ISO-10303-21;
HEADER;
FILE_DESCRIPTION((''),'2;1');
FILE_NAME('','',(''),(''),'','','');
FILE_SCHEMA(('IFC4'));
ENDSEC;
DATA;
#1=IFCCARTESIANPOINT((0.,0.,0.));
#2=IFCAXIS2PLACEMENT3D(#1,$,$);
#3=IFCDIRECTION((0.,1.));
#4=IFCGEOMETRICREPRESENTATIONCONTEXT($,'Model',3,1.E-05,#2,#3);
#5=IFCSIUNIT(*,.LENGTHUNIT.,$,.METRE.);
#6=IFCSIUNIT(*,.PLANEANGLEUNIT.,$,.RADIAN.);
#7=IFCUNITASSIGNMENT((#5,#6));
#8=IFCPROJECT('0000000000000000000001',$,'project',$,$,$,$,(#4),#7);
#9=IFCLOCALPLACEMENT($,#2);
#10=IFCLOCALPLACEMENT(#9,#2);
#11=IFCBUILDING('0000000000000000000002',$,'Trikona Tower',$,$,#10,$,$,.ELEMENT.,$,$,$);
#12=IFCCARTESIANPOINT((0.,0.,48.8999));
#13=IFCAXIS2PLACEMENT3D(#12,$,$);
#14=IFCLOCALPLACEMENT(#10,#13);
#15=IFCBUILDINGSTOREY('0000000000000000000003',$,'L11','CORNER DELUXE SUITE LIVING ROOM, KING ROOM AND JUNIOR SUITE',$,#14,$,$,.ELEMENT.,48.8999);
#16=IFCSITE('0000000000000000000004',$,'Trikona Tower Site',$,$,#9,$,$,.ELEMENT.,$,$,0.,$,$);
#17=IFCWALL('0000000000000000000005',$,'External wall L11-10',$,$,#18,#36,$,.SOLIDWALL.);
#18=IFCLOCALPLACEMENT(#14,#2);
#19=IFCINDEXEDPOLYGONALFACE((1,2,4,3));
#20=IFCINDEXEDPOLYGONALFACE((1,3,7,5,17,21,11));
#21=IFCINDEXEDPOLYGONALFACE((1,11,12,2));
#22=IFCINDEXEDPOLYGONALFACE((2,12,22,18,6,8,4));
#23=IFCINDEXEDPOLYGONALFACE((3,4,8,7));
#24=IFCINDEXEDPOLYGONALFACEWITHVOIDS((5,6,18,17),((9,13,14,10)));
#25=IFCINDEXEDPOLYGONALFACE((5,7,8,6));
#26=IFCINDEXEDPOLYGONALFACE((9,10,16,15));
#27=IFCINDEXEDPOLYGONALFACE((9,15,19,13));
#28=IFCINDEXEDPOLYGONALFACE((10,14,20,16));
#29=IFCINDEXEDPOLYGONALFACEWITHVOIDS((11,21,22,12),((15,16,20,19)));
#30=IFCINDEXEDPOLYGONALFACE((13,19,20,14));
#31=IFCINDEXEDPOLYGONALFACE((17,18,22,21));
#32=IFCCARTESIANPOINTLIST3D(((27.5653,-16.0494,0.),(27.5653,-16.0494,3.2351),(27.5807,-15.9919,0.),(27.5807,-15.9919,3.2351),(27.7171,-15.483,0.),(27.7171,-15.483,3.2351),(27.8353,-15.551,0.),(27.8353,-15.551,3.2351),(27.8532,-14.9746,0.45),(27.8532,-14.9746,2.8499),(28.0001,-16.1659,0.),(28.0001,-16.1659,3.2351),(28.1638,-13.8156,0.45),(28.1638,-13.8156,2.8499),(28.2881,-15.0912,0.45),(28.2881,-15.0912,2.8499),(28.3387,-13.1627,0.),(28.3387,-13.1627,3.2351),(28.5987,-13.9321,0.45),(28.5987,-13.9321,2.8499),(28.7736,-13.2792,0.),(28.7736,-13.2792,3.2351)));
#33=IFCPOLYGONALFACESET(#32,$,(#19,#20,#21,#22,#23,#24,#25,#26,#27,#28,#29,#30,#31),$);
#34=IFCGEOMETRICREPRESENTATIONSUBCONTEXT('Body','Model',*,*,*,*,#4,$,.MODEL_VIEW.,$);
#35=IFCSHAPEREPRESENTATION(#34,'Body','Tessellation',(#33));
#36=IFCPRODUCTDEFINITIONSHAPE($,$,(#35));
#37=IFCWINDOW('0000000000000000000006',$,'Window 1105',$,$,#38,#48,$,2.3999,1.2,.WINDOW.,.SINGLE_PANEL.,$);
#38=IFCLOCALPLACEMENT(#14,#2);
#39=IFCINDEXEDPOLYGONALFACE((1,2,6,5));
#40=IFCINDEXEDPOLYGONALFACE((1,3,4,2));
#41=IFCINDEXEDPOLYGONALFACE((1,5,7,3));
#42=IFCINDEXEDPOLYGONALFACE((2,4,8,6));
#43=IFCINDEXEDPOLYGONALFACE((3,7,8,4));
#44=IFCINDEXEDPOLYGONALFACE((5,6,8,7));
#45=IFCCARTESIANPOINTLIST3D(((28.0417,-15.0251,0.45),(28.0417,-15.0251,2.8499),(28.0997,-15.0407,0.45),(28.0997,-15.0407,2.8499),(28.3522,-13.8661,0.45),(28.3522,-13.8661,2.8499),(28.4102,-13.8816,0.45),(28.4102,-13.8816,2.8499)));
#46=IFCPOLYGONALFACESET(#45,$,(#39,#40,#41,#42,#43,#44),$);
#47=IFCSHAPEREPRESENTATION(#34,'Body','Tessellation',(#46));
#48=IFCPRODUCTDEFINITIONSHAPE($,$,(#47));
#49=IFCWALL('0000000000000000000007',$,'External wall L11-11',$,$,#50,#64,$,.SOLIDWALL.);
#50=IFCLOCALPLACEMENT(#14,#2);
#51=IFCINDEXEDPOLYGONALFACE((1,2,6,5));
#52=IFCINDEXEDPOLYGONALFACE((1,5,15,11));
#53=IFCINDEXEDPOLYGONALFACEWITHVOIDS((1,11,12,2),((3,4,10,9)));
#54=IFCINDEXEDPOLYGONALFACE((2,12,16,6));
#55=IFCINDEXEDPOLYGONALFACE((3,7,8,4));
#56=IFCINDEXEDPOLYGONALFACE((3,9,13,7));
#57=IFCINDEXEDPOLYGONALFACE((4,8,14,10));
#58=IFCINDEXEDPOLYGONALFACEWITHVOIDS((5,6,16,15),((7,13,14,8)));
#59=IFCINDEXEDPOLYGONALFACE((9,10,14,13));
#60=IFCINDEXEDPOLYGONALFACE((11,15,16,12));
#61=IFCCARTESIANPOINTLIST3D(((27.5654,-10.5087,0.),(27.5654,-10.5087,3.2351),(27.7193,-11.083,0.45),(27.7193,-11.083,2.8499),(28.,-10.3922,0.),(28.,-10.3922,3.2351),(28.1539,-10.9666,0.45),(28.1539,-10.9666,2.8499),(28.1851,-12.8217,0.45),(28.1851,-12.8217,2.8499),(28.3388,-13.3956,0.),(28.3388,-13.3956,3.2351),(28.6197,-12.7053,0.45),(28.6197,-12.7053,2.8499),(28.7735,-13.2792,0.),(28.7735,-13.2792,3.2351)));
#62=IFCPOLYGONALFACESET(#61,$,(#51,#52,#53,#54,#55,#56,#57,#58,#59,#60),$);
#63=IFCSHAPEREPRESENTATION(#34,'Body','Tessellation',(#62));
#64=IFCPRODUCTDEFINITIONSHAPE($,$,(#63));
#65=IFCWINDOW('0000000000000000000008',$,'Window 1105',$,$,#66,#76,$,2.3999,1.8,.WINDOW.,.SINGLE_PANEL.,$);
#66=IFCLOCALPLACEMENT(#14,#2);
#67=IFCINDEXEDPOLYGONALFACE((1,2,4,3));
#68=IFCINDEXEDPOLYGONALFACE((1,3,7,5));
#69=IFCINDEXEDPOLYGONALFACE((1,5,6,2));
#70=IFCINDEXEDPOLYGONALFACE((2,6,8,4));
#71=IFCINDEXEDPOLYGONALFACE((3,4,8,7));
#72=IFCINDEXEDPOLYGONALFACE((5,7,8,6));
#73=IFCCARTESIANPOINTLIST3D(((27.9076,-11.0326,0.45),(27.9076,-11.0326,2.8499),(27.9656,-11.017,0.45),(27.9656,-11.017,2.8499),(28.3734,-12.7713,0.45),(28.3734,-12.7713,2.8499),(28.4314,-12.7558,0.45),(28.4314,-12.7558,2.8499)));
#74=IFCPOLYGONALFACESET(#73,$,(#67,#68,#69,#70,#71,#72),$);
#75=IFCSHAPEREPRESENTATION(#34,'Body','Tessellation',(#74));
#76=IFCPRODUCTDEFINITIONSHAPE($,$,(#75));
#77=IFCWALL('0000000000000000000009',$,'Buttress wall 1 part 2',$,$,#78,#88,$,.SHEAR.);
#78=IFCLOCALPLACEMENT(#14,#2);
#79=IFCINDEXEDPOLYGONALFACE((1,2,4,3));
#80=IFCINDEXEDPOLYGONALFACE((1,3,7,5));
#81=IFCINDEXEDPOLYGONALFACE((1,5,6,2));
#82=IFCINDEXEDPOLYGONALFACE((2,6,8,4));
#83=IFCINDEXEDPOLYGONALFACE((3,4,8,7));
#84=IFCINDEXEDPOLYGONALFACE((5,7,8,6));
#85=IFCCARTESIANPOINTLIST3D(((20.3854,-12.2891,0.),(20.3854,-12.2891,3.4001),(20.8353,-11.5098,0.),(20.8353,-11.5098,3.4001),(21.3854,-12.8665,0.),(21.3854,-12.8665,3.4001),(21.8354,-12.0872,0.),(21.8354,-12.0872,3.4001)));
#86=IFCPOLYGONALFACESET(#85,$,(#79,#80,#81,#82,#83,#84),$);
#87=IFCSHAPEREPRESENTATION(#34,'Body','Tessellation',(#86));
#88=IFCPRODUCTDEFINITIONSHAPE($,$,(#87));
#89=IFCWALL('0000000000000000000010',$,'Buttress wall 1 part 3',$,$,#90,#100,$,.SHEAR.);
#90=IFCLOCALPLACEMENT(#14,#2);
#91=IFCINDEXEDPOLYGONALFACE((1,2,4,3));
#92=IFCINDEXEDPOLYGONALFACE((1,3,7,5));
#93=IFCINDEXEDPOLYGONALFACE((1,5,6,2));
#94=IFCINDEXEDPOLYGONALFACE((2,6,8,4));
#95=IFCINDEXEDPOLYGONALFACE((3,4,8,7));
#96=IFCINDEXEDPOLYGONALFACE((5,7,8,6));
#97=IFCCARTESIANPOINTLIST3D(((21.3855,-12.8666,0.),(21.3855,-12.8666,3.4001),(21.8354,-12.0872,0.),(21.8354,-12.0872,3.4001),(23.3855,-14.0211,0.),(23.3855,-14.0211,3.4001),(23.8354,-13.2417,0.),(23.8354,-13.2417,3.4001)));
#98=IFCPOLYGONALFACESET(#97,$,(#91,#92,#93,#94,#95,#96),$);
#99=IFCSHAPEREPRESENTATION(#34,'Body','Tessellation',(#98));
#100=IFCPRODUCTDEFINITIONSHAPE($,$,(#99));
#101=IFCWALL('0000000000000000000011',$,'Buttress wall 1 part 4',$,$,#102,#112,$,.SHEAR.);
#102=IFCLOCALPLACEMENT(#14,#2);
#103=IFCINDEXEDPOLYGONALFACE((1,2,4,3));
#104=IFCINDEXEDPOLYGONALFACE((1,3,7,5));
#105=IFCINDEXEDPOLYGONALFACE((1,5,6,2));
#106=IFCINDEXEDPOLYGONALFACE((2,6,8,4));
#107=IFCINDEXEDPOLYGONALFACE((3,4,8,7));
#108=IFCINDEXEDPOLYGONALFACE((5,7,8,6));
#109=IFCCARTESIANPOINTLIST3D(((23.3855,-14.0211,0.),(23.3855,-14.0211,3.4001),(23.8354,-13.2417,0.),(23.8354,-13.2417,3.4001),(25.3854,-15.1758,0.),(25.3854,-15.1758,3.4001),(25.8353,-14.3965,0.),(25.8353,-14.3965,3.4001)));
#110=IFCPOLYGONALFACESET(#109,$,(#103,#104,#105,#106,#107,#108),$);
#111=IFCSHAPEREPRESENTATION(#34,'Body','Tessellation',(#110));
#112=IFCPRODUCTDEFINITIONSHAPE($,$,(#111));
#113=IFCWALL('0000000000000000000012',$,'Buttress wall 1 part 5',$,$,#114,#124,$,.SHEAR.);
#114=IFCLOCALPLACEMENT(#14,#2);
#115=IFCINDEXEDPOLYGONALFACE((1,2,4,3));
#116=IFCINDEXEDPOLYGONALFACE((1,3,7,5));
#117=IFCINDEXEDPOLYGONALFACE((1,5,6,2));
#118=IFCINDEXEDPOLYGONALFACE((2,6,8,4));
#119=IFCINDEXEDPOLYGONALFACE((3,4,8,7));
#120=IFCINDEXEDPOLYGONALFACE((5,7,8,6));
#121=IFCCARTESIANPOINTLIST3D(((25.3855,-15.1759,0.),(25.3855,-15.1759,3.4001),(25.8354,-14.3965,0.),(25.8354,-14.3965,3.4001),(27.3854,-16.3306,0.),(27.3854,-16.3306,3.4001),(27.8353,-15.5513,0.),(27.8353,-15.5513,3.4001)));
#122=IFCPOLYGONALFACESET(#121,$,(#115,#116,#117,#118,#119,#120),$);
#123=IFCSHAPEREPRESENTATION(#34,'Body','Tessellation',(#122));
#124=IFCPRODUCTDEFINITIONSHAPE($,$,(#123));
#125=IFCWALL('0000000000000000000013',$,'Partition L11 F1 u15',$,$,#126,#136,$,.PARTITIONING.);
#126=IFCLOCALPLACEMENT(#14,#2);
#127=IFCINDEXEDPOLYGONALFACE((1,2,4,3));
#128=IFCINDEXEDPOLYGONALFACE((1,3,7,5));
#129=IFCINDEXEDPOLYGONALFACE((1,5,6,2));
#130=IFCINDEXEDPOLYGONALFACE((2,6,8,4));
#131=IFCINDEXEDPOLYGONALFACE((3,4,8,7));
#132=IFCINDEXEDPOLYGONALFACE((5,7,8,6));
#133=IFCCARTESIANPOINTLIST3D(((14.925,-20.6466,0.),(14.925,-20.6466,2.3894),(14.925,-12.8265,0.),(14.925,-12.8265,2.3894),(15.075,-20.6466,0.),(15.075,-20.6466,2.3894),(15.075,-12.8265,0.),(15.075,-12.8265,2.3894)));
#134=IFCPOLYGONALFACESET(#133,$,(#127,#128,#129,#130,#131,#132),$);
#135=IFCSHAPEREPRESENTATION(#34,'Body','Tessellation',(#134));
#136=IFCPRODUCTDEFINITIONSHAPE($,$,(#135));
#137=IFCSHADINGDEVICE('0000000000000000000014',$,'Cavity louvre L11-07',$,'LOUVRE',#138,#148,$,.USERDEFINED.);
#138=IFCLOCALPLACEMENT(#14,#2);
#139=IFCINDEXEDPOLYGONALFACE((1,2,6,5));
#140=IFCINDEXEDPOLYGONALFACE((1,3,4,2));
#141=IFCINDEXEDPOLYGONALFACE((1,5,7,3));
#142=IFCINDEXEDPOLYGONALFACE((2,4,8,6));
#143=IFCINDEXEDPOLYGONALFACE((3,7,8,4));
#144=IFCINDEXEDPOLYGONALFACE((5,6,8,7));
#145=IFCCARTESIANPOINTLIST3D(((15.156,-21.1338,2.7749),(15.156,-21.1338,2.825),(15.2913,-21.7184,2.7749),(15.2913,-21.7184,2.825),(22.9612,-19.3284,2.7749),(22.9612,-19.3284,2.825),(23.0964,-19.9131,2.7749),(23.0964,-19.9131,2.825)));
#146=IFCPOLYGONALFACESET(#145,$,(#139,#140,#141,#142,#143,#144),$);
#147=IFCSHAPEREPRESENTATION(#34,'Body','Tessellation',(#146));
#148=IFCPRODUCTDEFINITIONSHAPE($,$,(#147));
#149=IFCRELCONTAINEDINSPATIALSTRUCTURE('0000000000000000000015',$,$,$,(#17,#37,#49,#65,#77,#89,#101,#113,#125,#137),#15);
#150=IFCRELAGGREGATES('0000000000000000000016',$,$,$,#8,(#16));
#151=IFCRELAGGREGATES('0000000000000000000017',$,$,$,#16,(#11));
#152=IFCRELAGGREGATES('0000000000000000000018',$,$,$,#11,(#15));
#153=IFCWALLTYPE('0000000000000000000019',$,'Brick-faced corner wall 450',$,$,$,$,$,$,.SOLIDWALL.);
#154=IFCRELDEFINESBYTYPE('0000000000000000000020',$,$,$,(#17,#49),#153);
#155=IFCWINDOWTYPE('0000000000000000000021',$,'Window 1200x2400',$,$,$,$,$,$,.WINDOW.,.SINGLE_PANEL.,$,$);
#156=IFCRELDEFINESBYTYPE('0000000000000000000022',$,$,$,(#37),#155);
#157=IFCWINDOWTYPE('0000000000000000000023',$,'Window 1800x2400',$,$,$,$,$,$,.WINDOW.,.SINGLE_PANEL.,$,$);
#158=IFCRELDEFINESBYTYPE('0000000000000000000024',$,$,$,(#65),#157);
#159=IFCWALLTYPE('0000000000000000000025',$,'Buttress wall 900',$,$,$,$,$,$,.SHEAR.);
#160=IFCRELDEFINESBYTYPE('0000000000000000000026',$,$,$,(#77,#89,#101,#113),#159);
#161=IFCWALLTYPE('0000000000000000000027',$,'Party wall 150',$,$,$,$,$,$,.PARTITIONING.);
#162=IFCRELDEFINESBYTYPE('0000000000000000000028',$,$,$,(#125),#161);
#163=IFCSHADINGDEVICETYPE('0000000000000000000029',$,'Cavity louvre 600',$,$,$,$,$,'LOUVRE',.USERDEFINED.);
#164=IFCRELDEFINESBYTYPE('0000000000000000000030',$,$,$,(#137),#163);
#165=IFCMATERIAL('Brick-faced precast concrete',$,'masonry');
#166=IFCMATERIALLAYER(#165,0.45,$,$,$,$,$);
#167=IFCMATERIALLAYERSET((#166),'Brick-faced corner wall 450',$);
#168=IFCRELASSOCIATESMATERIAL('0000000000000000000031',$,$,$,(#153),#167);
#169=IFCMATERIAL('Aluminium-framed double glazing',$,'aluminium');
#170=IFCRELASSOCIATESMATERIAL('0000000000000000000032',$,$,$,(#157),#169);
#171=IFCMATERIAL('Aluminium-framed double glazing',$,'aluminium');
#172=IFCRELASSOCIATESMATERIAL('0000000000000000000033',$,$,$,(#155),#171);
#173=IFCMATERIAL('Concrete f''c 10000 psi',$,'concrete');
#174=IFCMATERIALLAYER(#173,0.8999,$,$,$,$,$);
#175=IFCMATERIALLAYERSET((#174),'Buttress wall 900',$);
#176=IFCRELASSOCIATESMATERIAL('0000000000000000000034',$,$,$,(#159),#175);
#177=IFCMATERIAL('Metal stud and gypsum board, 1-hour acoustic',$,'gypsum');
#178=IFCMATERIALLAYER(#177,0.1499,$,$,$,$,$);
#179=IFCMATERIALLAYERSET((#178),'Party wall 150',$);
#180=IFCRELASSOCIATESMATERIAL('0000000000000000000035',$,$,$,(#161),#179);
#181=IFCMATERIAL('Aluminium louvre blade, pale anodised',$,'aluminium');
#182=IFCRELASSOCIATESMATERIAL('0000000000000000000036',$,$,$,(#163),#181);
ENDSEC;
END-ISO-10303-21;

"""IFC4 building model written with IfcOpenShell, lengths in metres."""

from ifc_helpers import new_model, si_unit, direction, frame, frame_2d, origin, origin_2d, place, context, subcontext, project, spatial, polyline, rectangle, outline, extrude, material, layer, layer_set, type_object, element, fill, save


model = new_model("IFC4")

# Units and contexts
model_context = context("Model", 3, precision=1e-05, world=origin(), true_north=direction((0.0, 1.0)))
body_context = subcontext(model_context, "Body", "Model", "MODEL_VIEW")
ifc_project = project(units=[si_unit("LENGTHUNIT", "METRE"), si_unit("PLANEANGLEUNIT", "RADIAN")], contexts=[model_context])

# Site, building, storey
site_placement = place(None, origin())
site = spatial("IfcSite", under=ifc_project, at=site_placement, Name="Trikona Tower Site", CompositionType="ELEMENT", RefElevation=0.0)
building_placement = place(site_placement, origin())
building = spatial("IfcBuilding", under=site, at=building_placement, Name="Trikona Tower", CompositionType="ELEMENT")
storey_placement = place(building_placement, frame((0.0, 0.0, 48.8999)))
storey = spatial("IfcBuildingStorey", under=building, at=storey_placement, Name="L11", Description="CORNER DELUXE SUITE LIVING ROOM, KING ROOM AND JUNIOR SUITE", CompositionType="ELEMENT", Elevation=48.8999)

# Walls, openings, windows
ifc_material_1 = material(Name="Brick-faced precast concrete", Category="masonry")
ifc_layer_1 = layer(ifc_material_1, 0.45)
ifc_layer_set_1 = layer_set([ifc_layer_1], Name="Brick-faced corner wall 450")
wall_type_1 = type_object("IfcWallType", Name="Brick-faced corner wall 450", PredefinedType="SOLIDWALL", material=ifc_layer_set_1)
ifc_material_2 = material(Name="Aluminium-framed double glazing", Category="aluminium")
window_type_1 = type_object("IfcWindowType", Name="Window 1800x2400", PartitioningType="SINGLE_PANEL", PredefinedType="WINDOW", material=ifc_material_2)
ifc_material_3 = material(Name="Aluminium-framed double glazing", Category="aluminium")
window_type_2 = type_object("IfcWindowType", Name="Window 1200x2400", PartitioningType="SINGLE_PANEL", PredefinedType="WINDOW", material=ifc_material_3)
wall_1_placement = place(storey_placement, frame((27.7827, -16.1077, 0.0), z_axis=(0.0, 0.0, 1.0), x_axis=(0.258801, 0.965931, 0.0)))
wall_1 = element("IfcWall", 1, at=wall_1_placement, inside=storey, type_object=wall_type_1, Name="External wall L11-10", PredefinedType="SOLIDWALL", context=body_context, shape_type="SweptSolid", body=[
    extrude(outline(polyline([(2.9885, 0.2251), (0.5864, 0.2251), (0.5513, 0.0933), (0.0596, 0.2251), (0.0, 0.2251), (0.0, -0.2251), (2.9885, -0.2251), (2.9885, 0.2251)])), origin(), (0.0, 0.0, 1.0), 3.2351),
])
opening_1_placement = place(wall_1_placement, frame((1.1125, 0.0, 0.45)))
opening_1 = element("IfcOpeningElement", 2, at=opening_1_placement, cuts=wall_1, PredefinedType="OPENING", context=body_context, shape_type="SweptSolid", body=[
    extrude(rectangle(XDim=1.2, YDim=2.3999, at=frame_2d((0.6001, 1.2))), frame((0.0, 0.2349, 0.0), z_axis=(0.0, -1.0, 0.0), x_axis=(1.0, 0.0, 0.0)), (0.0, 0.0, 1.0), 0.47),
])
window_1_placement = place(opening_1_placement, origin())
window_1 = element("IfcWindow", 3, at=window_1_placement, inside=storey, type_object=window_type_2, Name="Window 1105", OverallHeight=2.3999, OverallWidth=1.2, PartitioningType="SINGLE_PANEL", PredefinedType="WINDOW", context=body_context, shape_type="SweptSolid", body=[
    extrude(rectangle(XDim=1.2, YDim=2.3999, at=frame_2d((0.6001, 1.2))), frame((0.0, 0.03, 0.0), z_axis=(0.0, -1.0, 0.0), x_axis=(1.0, 0.0, 0.0)), (0.0, 0.0, 1.0), 0.0601),
])
fill(opening_1, window_1)
wall_2_placement = place(storey_placement, frame((28.5562, -13.3374, 0.0), z_axis=(0.0, 0.0, 1.0), x_axis=(-0.258781, 0.965936, 0.0)))
wall_2 = element("IfcWall", 4, at=wall_2_placement, inside=storey, type_object=wall_type_1, Name="External wall L11-11", PredefinedType="SOLIDWALL", context=body_context, shape_type="SweptSolid", body=[
    extrude(rectangle(XDim=2.9888, YDim=0.45, at=frame_2d((1.4944, 0.0))), origin(), (0.0, 0.0, 1.0), 3.2351),
])
opening_2_placement = place(wall_2_placement, frame((0.5942, 0.0, 0.45)))
opening_2 = element("IfcOpeningElement", 5, at=opening_2_placement, cuts=wall_2, PredefinedType="OPENING", context=body_context, shape_type="SweptSolid", body=[
    extrude(rectangle(XDim=1.8, YDim=2.3999, at=frame_2d((0.8999, 1.2))), frame((0.0, 0.2349, 0.0), z_axis=(0.0, -1.0, 0.0), x_axis=(1.0, 0.0, 0.0)), (0.0, 0.0, 1.0), 0.47),
])
window_2_placement = place(opening_2_placement, origin())
window_2 = element("IfcWindow", 6, at=window_2_placement, inside=storey, type_object=window_type_1, Name="Window 1105", OverallHeight=2.3999, OverallWidth=1.8, PartitioningType="SINGLE_PANEL", PredefinedType="WINDOW", context=body_context, shape_type="SweptSolid", body=[
    extrude(rectangle(XDim=1.8, YDim=2.3999, at=frame_2d((0.8999, 1.2))), frame((0.0, 0.03, 0.0), z_axis=(0.0, -1.0, 0.0), x_axis=(1.0, 0.0, 0.0)), (0.0, 0.0, 1.0), 0.0601),
])
fill(opening_2, window_2)

# Walls
ifc_material_4 = material(Name="Concrete f'c 10000 psi", Category="concrete")
ifc_layer_2 = layer(ifc_material_4, 0.8999)
ifc_layer_set_2 = layer_set([ifc_layer_2], Name="Buttress wall 900")
wall_type_2 = type_object("IfcWallType", Name="Buttress wall 900", PredefinedType="SHEAR", material=ifc_layer_set_2)
wall_3_placement = place(storey_placement, frame((20.6104, -11.8994, 0.0), z_axis=(0.0, 0.0, 1.0), x_axis=(0.86601, -0.500027, 0.0)))
element("IfcWall", 7, at=wall_3_placement, inside=storey, type_object=wall_type_2, Name="Buttress wall 1 part 2", PredefinedType="SHEAR", context=body_context, shape_type="SweptSolid", body=[
    extrude(rectangle(XDim=1.1548, YDim=0.8999, at=frame_2d((0.5774, 0.0))), origin(), (0.0, 0.0, 1.0), 3.4001),
])
for number, where, z_axis, x_axis, name in (
    (8, (21.6104, -12.4768, 0.0), (0.0, 0.0, 1.0), (0.866055, -0.499948, 0.0), "Buttress wall 1 part 3"),
    (9, (23.6104, -13.6313, 0.0), (0.0, 0.0, 1.0), (0.86601, -0.500027, 0.0), "Buttress wall 1 part 4"),
    (10, (25.6104, -14.7861, 0.0), (0.0, 0.0, 1.0), (0.86601, -0.500027, 0.0), "Buttress wall 1 part 5"),
):
    element("IfcWall", number, at=place(storey_placement, frame(where, z_axis=z_axis, x_axis=x_axis)), inside=storey, type_object=wall_type_2, Name=name, PredefinedType="SHEAR", context=body_context, shape_type="SweptSolid", body=[
        extrude(rectangle(XDim=2.3093, YDim=0.8999, at=frame_2d((1.1548, 0.0))), origin(), (0.0, 0.0, 1.0), 3.4001),
    ])
ifc_material_5 = material(Name="Metal stud and gypsum board, 1-hour acoustic", Category="gypsum")
ifc_layer_3 = layer(ifc_material_5, 0.1499)
ifc_layer_set_3 = layer_set([ifc_layer_3], Name="Party wall 150")
wall_type_3 = type_object("IfcWallType", Name="Party wall 150", PredefinedType="PARTITIONING", material=ifc_layer_set_3)
wall_4_placement = place(storey_placement, frame((15.0, -12.8264, 0.0), z_axis=(0.0, 0.0, 1.0), x_axis=(0.0, -1.0, 0.0)))
element("IfcWall", 11, at=wall_4_placement, inside=storey, type_object=wall_type_3, Name="Partition L11 F1 u15", PredefinedType="PARTITIONING", context=body_context, shape_type="SweptSolid", body=[
    extrude(rectangle(XDim=7.8201, YDim=0.1499, at=frame_2d((3.9102, 0.0))), origin(), (0.0, 0.0, 1.0), 2.3894),
])

# Shading device
ifc_material_6 = material(Name="Aluminium louvre blade, pale anodised", Category="aluminium")
shading_device_type = type_object("IfcShadingDeviceType", Name="Cavity louvre 600", ElementType="LOUVRE", PredefinedType="USERDEFINED", material=ifc_material_6)
shading_device_placement = place(storey_placement, frame((19.1262, -20.5234, 2.7749), z_axis=(0.0, 0.0, 1.0), x_axis=(0.974278, 0.225351, 0.0)))
element("IfcShadingDevice", 12, at=shading_device_placement, inside=storey, type_object=shading_device_type, Name="Cavity louvre L11-07", ObjectType="LOUVRE", PredefinedType="USERDEFINED", context=body_context, shape_type="SweptSolid", body=[
    extrude(rectangle(XDim=8.0112, YDim=0.6001, at=origin_2d()), origin(), (0.0, 0.0, 1.0), 0.05),
])

save(model, "model.ifc")
